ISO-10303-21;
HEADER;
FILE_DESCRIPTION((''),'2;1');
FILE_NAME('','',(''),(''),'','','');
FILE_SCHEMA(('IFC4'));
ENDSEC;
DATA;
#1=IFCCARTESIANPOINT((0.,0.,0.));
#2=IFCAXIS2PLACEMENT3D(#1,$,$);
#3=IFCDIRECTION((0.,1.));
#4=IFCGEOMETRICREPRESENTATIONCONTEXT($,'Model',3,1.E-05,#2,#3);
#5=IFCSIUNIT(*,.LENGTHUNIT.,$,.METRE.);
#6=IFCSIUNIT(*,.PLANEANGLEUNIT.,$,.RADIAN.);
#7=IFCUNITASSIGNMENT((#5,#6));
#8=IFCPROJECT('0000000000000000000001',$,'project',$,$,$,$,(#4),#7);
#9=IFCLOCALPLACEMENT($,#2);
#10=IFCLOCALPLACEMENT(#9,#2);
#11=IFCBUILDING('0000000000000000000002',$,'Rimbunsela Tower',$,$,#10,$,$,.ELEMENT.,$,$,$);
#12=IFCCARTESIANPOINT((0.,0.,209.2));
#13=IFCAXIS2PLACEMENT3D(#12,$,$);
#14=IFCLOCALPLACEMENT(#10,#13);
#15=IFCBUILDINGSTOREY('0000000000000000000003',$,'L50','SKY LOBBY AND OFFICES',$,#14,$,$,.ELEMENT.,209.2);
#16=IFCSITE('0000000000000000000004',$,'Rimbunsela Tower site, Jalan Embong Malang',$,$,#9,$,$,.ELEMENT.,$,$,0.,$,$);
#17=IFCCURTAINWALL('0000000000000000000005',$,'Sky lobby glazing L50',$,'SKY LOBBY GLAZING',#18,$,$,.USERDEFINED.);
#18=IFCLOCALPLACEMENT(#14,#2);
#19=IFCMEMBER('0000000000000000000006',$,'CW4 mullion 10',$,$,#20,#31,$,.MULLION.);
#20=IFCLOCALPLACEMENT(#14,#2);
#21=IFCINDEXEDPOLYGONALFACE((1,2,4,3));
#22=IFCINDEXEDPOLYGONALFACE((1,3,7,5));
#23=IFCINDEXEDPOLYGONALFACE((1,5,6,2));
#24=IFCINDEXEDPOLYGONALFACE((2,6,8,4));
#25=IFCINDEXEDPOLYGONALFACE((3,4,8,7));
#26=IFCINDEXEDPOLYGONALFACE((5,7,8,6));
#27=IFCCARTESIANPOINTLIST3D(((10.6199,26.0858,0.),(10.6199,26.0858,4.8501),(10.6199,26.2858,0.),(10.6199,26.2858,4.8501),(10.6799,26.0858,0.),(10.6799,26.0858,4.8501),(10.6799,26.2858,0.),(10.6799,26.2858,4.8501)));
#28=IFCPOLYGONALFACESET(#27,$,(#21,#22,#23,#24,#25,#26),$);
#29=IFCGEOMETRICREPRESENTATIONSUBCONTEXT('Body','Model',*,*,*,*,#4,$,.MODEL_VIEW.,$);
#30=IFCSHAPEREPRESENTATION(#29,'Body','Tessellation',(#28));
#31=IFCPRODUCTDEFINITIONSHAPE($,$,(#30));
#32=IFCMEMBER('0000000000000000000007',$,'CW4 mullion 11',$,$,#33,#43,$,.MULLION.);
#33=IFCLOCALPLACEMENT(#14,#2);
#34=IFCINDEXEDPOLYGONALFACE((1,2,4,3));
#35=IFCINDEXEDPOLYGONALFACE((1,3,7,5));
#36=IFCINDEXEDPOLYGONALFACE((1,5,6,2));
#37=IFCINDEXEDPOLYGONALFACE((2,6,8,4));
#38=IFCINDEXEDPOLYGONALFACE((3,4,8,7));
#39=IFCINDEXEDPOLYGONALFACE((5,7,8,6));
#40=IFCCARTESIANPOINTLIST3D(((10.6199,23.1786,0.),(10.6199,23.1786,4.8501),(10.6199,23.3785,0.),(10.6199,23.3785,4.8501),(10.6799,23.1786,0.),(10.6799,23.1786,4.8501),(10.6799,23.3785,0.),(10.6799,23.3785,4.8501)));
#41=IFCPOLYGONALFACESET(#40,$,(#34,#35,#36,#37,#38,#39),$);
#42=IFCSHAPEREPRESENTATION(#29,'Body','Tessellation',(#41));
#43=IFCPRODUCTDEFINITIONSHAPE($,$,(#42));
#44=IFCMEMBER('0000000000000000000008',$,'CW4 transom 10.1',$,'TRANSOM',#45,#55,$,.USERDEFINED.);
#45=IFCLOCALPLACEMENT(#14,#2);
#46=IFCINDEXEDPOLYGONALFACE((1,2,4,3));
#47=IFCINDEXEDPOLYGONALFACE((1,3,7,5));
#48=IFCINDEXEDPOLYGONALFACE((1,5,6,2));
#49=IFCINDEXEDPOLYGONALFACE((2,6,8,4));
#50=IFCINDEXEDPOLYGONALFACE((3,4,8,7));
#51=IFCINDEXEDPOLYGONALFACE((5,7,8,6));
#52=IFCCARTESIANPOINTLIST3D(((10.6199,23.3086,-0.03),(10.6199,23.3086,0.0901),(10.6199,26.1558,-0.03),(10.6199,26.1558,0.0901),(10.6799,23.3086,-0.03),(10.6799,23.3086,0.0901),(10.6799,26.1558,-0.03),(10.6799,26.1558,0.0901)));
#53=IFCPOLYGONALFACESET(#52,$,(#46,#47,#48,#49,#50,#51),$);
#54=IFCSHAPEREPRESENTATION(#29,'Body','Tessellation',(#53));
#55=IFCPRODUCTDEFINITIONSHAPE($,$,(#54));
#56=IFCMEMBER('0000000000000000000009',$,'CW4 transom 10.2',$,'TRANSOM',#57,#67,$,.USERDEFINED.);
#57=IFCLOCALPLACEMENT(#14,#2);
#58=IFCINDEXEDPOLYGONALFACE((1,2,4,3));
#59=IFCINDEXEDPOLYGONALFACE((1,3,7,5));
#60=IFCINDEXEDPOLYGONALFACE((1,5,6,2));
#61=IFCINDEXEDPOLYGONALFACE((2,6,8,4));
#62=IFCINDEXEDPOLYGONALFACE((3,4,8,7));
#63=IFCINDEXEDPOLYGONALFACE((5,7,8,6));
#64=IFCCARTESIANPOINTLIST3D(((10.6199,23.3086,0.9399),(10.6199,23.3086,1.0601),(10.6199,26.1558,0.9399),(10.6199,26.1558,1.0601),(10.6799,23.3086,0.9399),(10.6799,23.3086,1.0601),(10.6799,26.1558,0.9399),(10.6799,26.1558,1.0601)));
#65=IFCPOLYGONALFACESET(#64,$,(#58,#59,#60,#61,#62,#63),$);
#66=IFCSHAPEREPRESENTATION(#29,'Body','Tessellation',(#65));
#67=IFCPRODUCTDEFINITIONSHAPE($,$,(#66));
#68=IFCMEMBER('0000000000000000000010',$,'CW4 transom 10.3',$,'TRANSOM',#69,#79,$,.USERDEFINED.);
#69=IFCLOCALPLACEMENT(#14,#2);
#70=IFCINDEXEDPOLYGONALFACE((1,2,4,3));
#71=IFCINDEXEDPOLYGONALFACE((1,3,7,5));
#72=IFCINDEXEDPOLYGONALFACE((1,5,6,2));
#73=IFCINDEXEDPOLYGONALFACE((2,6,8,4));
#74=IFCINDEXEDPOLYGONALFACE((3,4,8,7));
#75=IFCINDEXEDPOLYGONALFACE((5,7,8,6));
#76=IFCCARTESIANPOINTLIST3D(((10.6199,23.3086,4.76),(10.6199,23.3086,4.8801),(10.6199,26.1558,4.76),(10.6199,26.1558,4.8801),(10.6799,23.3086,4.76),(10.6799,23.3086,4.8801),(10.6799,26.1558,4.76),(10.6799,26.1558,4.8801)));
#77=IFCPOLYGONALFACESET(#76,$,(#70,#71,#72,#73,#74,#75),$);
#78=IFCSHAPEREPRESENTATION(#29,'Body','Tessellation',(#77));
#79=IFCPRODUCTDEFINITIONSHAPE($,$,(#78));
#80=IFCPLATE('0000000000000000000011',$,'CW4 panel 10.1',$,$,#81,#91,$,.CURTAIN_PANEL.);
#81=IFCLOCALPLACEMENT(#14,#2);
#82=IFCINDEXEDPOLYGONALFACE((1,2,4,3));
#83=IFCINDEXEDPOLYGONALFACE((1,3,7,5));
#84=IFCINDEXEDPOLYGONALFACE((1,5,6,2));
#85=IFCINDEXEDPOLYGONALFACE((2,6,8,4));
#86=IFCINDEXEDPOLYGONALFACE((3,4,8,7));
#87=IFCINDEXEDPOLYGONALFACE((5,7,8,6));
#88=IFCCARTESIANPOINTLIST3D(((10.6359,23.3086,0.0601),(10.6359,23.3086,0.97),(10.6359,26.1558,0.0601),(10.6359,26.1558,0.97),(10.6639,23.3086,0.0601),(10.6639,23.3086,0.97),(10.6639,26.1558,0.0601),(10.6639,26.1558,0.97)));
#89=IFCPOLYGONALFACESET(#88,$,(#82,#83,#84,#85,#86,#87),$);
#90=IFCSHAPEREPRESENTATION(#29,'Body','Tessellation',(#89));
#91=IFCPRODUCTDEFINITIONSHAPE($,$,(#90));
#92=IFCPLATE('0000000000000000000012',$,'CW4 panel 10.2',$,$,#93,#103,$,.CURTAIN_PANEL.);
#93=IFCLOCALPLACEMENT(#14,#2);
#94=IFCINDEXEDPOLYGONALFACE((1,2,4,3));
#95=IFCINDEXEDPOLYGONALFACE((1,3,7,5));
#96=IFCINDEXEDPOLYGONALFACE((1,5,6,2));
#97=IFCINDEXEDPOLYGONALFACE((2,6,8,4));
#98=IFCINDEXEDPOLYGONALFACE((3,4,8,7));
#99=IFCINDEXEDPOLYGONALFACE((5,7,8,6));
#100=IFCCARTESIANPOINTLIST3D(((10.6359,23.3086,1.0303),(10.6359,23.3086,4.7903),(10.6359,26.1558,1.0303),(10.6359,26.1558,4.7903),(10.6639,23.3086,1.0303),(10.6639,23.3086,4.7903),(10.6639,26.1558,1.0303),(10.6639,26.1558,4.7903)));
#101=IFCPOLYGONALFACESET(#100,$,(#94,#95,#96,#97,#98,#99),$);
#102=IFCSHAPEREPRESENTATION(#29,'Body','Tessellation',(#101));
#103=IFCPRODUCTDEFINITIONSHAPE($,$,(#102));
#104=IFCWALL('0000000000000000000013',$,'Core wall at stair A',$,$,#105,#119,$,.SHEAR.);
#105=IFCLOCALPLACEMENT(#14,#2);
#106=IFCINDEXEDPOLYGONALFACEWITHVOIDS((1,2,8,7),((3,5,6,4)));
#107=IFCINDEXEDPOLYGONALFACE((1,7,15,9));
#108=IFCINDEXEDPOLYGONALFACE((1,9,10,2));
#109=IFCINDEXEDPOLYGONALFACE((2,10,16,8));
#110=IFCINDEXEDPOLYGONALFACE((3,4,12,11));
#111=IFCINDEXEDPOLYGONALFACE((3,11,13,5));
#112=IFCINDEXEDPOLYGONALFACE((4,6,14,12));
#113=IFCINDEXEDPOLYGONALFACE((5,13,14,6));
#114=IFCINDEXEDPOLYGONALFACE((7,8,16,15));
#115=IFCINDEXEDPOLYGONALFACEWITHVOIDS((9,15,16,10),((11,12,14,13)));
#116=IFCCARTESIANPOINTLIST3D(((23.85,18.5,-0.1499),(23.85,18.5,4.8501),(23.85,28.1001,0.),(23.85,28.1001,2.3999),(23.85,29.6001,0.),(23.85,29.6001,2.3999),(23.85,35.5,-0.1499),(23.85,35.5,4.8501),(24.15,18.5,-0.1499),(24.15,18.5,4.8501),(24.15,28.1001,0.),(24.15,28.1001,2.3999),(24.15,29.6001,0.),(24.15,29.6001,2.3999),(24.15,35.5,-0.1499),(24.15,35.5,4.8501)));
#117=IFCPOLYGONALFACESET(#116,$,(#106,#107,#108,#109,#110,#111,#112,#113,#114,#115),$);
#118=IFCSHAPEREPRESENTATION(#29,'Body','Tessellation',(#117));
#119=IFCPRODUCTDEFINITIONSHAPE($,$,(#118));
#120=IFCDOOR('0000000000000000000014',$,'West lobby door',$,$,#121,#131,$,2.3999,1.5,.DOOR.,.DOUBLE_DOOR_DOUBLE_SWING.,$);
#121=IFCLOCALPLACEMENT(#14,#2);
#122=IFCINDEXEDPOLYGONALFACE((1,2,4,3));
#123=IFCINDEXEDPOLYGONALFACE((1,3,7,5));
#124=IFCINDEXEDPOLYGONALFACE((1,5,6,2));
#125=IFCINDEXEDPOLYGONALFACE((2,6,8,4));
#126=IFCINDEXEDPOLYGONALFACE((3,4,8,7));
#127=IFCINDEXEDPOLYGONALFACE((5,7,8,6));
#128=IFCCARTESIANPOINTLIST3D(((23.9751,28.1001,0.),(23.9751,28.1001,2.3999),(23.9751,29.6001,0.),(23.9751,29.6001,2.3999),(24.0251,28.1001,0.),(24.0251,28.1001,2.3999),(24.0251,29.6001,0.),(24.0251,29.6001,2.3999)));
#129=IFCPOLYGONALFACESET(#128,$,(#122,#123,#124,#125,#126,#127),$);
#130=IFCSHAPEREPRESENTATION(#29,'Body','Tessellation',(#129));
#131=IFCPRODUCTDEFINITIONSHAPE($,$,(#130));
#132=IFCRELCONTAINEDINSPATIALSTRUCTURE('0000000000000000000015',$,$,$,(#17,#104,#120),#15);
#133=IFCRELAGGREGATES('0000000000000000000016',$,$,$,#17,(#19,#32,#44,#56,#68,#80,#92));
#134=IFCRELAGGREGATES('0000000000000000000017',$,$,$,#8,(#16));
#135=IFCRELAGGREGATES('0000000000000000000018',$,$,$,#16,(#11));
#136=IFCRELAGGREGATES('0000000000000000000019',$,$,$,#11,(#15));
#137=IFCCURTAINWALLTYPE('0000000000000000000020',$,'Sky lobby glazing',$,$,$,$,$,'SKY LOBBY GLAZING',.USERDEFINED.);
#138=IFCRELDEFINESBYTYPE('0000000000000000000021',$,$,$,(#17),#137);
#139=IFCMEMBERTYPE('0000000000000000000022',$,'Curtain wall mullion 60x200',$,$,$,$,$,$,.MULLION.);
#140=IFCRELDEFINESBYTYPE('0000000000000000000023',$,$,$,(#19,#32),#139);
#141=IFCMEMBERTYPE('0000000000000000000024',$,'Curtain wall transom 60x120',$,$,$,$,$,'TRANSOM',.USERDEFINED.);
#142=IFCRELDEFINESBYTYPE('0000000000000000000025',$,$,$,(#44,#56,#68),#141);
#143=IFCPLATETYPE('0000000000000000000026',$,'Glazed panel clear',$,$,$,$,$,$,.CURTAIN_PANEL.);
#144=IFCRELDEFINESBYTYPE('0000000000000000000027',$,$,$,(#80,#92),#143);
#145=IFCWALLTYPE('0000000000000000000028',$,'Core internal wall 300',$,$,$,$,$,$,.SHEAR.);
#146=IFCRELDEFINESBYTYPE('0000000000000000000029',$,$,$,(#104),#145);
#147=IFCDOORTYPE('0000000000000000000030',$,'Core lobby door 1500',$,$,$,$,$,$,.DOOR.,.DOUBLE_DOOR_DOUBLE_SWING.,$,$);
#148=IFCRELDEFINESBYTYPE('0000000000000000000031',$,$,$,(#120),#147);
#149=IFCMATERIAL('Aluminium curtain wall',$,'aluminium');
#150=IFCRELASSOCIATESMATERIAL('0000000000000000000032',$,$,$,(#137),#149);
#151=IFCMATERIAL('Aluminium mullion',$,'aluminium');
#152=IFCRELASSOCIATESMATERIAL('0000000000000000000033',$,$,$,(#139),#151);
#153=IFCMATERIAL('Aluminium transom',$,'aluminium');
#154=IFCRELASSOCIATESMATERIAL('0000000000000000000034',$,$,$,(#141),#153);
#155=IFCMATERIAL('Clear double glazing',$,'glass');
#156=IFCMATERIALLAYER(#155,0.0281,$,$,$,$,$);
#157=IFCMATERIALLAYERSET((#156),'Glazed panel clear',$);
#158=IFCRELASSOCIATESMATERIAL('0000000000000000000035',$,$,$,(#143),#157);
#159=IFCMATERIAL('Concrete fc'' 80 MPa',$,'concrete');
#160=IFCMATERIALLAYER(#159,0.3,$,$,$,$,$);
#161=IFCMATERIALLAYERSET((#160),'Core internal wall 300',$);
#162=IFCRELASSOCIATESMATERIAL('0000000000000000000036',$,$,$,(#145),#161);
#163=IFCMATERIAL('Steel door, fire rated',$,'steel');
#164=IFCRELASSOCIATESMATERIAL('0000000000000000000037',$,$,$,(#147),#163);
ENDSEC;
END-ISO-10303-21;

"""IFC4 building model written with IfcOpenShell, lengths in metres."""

from ifc_helpers import new_model, si_unit, direction, frame, frame_2d, origin, origin_2d, place, context, subcontext, project, spatial, rectangle, extrude, material, layer, layer_set, material_profile, profile_set, type_object, element, fill, aggregate, save


model = new_model("IFC4")

# Units and contexts
model_context = context("Model", 3, precision=1e-05, world=origin(), true_north=direction((0.0, 1.0)))
body_context = subcontext(model_context, "Body", "Model", "MODEL_VIEW")
ifc_project = project(units=[si_unit("LENGTHUNIT", "METRE"), si_unit("PLANEANGLEUNIT", "RADIAN")], contexts=[model_context])

# Site, building, storey
site_placement = place(None, origin())
site = spatial("IfcSite", under=ifc_project, at=site_placement, Name="Rimbunsela Tower site, Jalan Embong Malang", CompositionType="ELEMENT", RefElevation=0.0)
building_placement = place(site_placement, origin())
building = spatial("IfcBuilding", under=site, at=building_placement, Name="Rimbunsela Tower", CompositionType="ELEMENT")
storey_placement = place(building_placement, frame((0.0, 0.0, 209.2)))
storey = spatial("IfcBuildingStorey", under=building, at=storey_placement, Name="L50", Description="SKY LOBBY AND OFFICES", CompositionType="ELEMENT", Elevation=209.2)

# Curtain wall, members, plates
ifc_material_1 = material(Name="Aluminium curtain wall", Category="aluminium")
curtain_wall_type = type_object("IfcCurtainWallType", Name="Sky lobby glazing", ElementType="SKY LOBBY GLAZING", PredefinedType="USERDEFINED", material=ifc_material_1)
curtain_wall_placement = place(storey_placement, origin())
curtain_wall = element("IfcCurtainWall", 1, at=curtain_wall_placement, inside=storey, type_object=curtain_wall_type, Name="Sky lobby glazing L50", ObjectType="SKY LOBBY GLAZING", PredefinedType="USERDEFINED")
ifc_material_2 = material(Name="Aluminium mullion", Category="aluminium")
ifc_material_profile_1 = material_profile(ifc_material_2, rectangle(XDim=0.0601, YDim=0.2, at=origin_2d()), Name="Mullion 60x200")
ifc_profile_set_1 = profile_set([ifc_material_profile_1], Name="Aluminium mullion")
member_type_1 = type_object("IfcMemberType", Name="Curtain wall mullion 60x200", PredefinedType="MULLION", material=ifc_profile_set_1)
member_1_placement = place(storey_placement, frame((10.6499, 26.1858, 0.0), z_axis=(0.0, 0.0, 1.0), x_axis=(1.0, 0.0, 0.0)))
member_1 = element("IfcMember", 2, at=member_1_placement, type_object=member_type_1, Name="CW4 mullion 10", PredefinedType="MULLION", context=body_context, shape_type="SweptSolid", body=[
    extrude(rectangle(XDim=0.0601, YDim=0.2, at=origin_2d()), origin(), (0.0, 0.0, 1.0), 4.8501),
])
member_2_placement = place(storey_placement, frame((10.6499, 23.2786, 0.0), z_axis=(0.0, 0.0, 1.0), x_axis=(1.0, 0.0, 0.0)))
member_2 = element("IfcMember", 3, at=member_2_placement, type_object=member_type_1, Name="CW4 mullion 11", PredefinedType="MULLION", context=body_context, shape_type="SweptSolid", body=[
    extrude(rectangle(XDim=0.0601, YDim=0.2, at=origin_2d()), origin(), (0.0, 0.0, 1.0), 4.8501),
])
ifc_material_3 = material(Name="Aluminium transom", Category="aluminium")
ifc_material_profile_2 = material_profile(ifc_material_3, rectangle(XDim=0.0601, YDim=0.1201, at=origin_2d()), Name="Transom 60x120")
ifc_profile_set_2 = profile_set([ifc_material_profile_2], Name="Aluminium transom")
member_type_2 = type_object("IfcMemberType", Name="Curtain wall transom 60x120", ElementType="TRANSOM", PredefinedType="USERDEFINED", material=ifc_profile_set_2)
member_3_placement = place(storey_placement, frame((10.6499, 26.1558, 0.03), z_axis=(0.0, -1.0, 0.0), x_axis=(1.0, 0.0, 0.0)))
member_3 = element("IfcMember", 4, at=member_3_placement, type_object=member_type_2, Name="CW4 transom 10.1", ObjectType="TRANSOM", PredefinedType="USERDEFINED", context=body_context, shape_type="SweptSolid", body=[
    extrude(rectangle(XDim=0.0601, YDim=0.1201, at=origin_2d()), origin(), (0.0, 0.0, 1.0), 2.8472),
])
member_4_placement = place(storey_placement, frame((10.6499, 26.1558, 1.0), z_axis=(0.0, -1.0, 0.0), x_axis=(1.0, 0.0, 0.0)))
member_4 = element("IfcMember", 5, at=member_4_placement, type_object=member_type_2, Name="CW4 transom 10.2", ObjectType="TRANSOM", PredefinedType="USERDEFINED", context=body_context, shape_type="SweptSolid", body=[
    extrude(rectangle(XDim=0.0601, YDim=0.1201, at=origin_2d()), origin(), (0.0, 0.0, 1.0), 2.8472),
])
member_5_placement = place(storey_placement, frame((10.6499, 26.1558, 4.8201), z_axis=(0.0, -1.0, 0.0), x_axis=(1.0, 0.0, 0.0)))
member_5 = element("IfcMember", 6, at=member_5_placement, type_object=member_type_2, Name="CW4 transom 10.3", ObjectType="TRANSOM", PredefinedType="USERDEFINED", context=body_context, shape_type="SweptSolid", body=[
    extrude(rectangle(XDim=0.0601, YDim=0.1201, at=origin_2d()), origin(), (0.0, 0.0, 1.0), 2.8472),
])
ifc_material_4 = material(Name="Clear double glazing", Category="glass")
ifc_layer_1 = layer(ifc_material_4, 0.0281)
ifc_layer_set_1 = layer_set([ifc_layer_1], Name="Glazed panel clear")
plate_type = type_object("IfcPlateType", Name="Glazed panel clear", PredefinedType="CURTAIN_PANEL", material=ifc_layer_set_1)
plate_1_placement = place(storey_placement, frame((10.6499, 24.7322, 0.0601), z_axis=(0.0, 0.0, 1.0), x_axis=(0.0, -1.0, 0.0)))
plate_1 = element("IfcPlate", 7, at=plate_1_placement, type_object=plate_type, Name="CW4 panel 10.1", PredefinedType="CURTAIN_PANEL", context=body_context, shape_type="SweptSolid", body=[
    extrude(rectangle(XDim=2.8472, YDim=0.0281, at=origin_2d()), origin(), (0.0, 0.0, 1.0), 0.9099),
])
plate_2_placement = place(storey_placement, frame((10.6499, 24.7322, 1.0303), z_axis=(0.0, 0.0, 1.0), x_axis=(0.0, -1.0, 0.0)))
plate_2 = element("IfcPlate", 8, at=plate_2_placement, type_object=plate_type, Name="CW4 panel 10.2", PredefinedType="CURTAIN_PANEL", context=body_context, shape_type="SweptSolid", body=[
    extrude(rectangle(XDim=2.8472, YDim=0.0281, at=origin_2d()), origin(), (0.0, 0.0, 1.0), 3.76),
])
aggregate(curtain_wall, [member_1, member_2, member_3, member_4, member_5, plate_1, plate_2])

# Wall, opening, door
ifc_material_5 = material(Name="Concrete fc' 80 MPa", Category="concrete")
ifc_layer_2 = layer(ifc_material_5, 0.3)
ifc_layer_set_2 = layer_set([ifc_layer_2], Name="Core internal wall 300")
wall_type_1 = type_object("IfcWallType", Name="Core internal wall 300", PredefinedType="SHEAR", material=ifc_layer_set_2)
wall_1_placement = place(storey_placement, frame((24.0, 18.5, -0.1499), z_axis=(0.0, 0.0, 1.0), x_axis=(0.0, 1.0, 0.0)))
wall_1 = element("IfcWall", 9, at=wall_1_placement, inside=storey, type_object=wall_type_1, Name="Core wall at stair A", PredefinedType="SHEAR", context=body_context, shape_type="SweptSolid", body=[
    extrude(rectangle(XDim=17.0, YDim=0.3, at=frame_2d((8.5, 0.0))), origin(), (0.0, 0.0, 1.0), 5.0),
])
opening_1_placement = place(wall_1_placement, frame((9.6001, 0.0, 0.1499)))
opening_1 = element("IfcOpeningElement", 10, at=opening_1_placement, cuts=wall_1, PredefinedType="OPENING", context=body_context, shape_type="SweptSolid", body=[
    extrude(rectangle(XDim=1.5, YDim=2.3999, at=frame_2d((0.75, 1.2))), frame((0.0, 0.1599, 0.0), z_axis=(0.0, -1.0, 0.0), x_axis=(1.0, 0.0, 0.0)), (0.0, 0.0, 1.0), 0.3201),
])
ifc_material_6 = material(Name="Steel door, fire rated", Category="steel")
door_type_1 = type_object("IfcDoorType", Name="Core lobby door 1500", OperationType="DOUBLE_DOOR_DOUBLE_SWING", PredefinedType="DOOR", material=ifc_material_6)
door_1_placement = place(opening_1_placement, origin())
door_1 = element("IfcDoor", 11, at=door_1_placement, inside=storey, type_object=door_type_1, Name="West lobby door", OperationType="DOUBLE_DOOR_DOUBLE_SWING", OverallHeight=2.3999, OverallWidth=1.5, PredefinedType="DOOR", context=body_context, shape_type="SweptSolid", body=[
    extrude(rectangle(XDim=1.5, YDim=2.3999, at=frame_2d((0.75, 1.2))), frame((0.0, 0.0249, 0.0), z_axis=(0.0, -1.0, 0.0), x_axis=(1.0, 0.0, 0.0)), (0.0, 0.0, 1.0), 0.05),
])
fill(opening_1, door_1)

save(model, "model.ifc")
